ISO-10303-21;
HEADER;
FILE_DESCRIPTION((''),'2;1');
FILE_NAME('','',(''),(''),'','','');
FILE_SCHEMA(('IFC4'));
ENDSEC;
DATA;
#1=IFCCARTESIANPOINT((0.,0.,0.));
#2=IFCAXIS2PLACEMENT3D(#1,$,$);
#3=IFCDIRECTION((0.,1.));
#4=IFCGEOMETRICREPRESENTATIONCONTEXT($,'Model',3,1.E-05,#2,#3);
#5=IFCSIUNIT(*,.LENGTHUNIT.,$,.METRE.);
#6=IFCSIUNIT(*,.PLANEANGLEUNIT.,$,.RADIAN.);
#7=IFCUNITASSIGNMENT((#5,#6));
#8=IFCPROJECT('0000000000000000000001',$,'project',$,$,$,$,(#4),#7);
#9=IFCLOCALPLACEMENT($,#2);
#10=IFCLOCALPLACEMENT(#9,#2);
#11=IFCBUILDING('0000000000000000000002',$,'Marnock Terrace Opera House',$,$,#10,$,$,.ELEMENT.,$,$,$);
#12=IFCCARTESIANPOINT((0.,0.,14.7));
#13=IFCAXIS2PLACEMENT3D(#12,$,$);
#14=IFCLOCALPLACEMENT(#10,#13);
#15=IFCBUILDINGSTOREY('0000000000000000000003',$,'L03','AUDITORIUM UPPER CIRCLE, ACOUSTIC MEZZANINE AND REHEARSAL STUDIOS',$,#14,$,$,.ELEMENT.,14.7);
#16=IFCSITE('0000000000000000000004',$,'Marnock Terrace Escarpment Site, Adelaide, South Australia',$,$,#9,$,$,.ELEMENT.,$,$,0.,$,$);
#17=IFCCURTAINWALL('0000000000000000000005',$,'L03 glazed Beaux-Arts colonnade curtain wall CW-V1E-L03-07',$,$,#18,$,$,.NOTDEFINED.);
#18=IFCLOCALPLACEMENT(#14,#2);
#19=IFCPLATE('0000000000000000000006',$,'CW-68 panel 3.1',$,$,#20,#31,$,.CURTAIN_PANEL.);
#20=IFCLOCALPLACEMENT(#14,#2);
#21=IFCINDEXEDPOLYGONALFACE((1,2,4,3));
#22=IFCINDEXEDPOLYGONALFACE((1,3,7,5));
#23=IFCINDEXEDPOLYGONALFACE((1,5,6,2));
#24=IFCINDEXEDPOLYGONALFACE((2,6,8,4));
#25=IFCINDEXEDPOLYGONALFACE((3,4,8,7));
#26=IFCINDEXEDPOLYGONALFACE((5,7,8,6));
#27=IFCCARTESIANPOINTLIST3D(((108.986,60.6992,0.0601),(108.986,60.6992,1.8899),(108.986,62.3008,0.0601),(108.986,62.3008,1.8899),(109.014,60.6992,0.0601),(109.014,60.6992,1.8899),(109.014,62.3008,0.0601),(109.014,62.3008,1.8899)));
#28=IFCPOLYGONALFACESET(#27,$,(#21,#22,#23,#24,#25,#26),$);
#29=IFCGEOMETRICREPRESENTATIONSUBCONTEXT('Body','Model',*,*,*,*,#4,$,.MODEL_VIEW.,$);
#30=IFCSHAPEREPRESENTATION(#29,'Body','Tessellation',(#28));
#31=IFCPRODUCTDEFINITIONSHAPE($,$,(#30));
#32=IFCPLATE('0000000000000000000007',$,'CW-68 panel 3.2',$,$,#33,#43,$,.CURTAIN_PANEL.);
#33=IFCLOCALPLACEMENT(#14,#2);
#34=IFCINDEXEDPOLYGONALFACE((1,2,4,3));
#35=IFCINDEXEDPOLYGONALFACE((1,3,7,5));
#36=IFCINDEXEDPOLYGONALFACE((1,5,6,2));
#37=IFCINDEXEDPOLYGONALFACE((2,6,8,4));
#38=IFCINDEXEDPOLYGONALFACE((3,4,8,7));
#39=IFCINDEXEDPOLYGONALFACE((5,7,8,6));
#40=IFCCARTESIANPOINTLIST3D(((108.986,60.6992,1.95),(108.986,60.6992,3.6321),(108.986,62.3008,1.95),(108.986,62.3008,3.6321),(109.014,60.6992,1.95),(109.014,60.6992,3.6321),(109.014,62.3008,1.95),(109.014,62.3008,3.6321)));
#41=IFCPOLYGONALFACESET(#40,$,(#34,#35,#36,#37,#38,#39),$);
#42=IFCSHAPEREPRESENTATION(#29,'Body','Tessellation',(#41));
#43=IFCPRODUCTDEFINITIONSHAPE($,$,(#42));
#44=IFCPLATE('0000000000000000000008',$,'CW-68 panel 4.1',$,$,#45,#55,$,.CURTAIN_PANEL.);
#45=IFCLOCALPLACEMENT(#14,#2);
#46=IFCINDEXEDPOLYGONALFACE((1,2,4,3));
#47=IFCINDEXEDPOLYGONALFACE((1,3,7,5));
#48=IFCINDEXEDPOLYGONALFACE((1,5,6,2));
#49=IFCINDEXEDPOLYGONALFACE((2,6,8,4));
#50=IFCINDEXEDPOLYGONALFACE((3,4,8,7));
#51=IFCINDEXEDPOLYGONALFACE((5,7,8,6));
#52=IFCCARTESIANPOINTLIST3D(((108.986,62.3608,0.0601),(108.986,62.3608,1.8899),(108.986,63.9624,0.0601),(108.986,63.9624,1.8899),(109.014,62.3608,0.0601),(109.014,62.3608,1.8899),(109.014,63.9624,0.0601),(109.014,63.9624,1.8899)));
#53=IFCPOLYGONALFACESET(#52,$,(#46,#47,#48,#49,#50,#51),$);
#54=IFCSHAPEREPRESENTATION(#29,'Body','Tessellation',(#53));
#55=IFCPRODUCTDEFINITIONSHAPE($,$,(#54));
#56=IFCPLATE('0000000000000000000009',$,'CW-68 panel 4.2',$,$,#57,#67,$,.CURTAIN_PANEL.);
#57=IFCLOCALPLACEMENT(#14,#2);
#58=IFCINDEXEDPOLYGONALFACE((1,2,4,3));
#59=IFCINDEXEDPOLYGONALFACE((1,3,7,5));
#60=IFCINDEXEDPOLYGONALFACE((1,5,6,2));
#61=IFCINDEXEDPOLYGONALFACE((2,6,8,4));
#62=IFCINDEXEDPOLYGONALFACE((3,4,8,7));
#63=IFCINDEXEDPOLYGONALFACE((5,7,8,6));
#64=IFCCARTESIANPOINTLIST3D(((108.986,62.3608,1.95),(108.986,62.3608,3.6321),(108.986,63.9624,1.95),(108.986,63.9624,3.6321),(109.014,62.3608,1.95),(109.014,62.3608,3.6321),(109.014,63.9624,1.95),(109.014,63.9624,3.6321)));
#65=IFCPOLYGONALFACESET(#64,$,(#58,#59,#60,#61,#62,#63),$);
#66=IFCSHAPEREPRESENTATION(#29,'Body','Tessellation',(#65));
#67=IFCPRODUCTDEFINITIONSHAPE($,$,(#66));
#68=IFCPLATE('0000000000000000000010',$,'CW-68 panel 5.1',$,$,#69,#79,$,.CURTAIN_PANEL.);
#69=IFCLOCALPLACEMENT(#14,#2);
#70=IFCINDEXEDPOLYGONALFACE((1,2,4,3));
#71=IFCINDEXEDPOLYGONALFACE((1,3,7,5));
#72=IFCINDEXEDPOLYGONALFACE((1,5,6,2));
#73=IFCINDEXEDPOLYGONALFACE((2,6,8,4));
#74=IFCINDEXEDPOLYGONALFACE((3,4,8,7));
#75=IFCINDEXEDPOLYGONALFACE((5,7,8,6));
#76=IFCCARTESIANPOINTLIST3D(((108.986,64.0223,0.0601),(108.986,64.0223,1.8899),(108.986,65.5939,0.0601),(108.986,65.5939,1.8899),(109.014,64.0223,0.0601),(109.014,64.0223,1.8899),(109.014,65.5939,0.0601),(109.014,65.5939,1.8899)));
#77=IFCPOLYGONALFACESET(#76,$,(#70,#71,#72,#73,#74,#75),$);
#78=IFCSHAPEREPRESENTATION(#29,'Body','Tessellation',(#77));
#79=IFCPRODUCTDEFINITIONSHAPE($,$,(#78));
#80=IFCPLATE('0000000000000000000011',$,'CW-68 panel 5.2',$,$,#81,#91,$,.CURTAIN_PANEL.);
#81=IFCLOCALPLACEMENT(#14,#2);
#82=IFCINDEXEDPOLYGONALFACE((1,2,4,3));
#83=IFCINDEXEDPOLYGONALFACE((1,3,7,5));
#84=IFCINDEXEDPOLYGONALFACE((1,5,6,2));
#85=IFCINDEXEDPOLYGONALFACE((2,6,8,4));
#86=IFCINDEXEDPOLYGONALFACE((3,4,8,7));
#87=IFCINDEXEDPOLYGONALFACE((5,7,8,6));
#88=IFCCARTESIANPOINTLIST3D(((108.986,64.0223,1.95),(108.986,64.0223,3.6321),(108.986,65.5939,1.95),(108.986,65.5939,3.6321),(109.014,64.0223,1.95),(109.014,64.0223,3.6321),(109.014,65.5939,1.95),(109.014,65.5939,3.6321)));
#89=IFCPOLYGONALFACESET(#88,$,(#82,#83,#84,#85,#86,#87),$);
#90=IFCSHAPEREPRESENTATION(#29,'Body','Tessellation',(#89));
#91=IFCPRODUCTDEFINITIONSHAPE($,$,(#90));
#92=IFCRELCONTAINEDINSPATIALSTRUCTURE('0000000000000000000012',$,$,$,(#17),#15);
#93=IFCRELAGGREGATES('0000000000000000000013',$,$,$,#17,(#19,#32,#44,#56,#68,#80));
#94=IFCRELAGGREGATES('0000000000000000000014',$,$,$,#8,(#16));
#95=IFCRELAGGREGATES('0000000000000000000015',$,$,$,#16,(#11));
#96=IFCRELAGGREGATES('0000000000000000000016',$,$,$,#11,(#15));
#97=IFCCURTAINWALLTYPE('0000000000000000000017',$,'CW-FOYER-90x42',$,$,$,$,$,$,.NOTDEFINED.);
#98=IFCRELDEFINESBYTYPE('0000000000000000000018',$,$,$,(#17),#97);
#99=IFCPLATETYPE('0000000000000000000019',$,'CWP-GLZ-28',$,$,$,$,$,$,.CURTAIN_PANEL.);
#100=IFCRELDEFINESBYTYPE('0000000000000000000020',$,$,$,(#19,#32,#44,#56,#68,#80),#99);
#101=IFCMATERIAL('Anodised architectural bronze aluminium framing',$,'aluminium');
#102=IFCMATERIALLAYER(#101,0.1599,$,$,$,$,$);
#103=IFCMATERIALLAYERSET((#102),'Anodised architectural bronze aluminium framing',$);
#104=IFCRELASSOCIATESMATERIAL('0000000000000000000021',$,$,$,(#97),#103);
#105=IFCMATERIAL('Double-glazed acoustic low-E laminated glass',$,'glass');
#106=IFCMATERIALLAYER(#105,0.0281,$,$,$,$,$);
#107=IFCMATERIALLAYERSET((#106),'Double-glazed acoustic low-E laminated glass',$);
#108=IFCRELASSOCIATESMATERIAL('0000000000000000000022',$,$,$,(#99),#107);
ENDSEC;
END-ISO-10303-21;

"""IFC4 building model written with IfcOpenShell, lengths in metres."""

from ifc_helpers import new_model, si_unit, direction, frame, origin, origin_2d, place, context, subcontext, project, spatial, rectangle, extrude, material, layer, layer_set, type_object, element, aggregate, save


model = new_model("IFC4")

# Units and contexts
model_context = context("Model", 3, precision=1e-05, world=origin(), true_north=direction((0.0, 1.0)))
body_context = subcontext(model_context, "Body", "Model", "MODEL_VIEW")
ifc_project = project(units=[si_unit("LENGTHUNIT", "METRE"), si_unit("PLANEANGLEUNIT", "RADIAN")], contexts=[model_context])

# Site, building, storey
site_placement = place(None, origin())
site = spatial("IfcSite", under=ifc_project, at=site_placement, Name="Marnock Terrace Escarpment Site, Adelaide, South Australia", CompositionType="ELEMENT", RefElevation=0.0)
building_placement = place(site_placement, origin())
building = spatial("IfcBuilding", under=site, at=building_placement, Name="Marnock Terrace Opera House", CompositionType="ELEMENT")
storey_placement = place(building_placement, frame((0.0, 0.0, 14.7)))
storey = spatial("IfcBuildingStorey", under=building, at=storey_placement, Name="L03", Description="AUDITORIUM UPPER CIRCLE, ACOUSTIC MEZZANINE AND REHEARSAL STUDIOS", CompositionType="ELEMENT", Elevation=14.7)

# Shared definitions
ifc_material_1 = material(Name="Anodised architectural bronze aluminium framing", Category="aluminium")
ifc_layer_1 = layer(ifc_material_1, 0.1599)
ifc_layer_set_1 = layer_set([ifc_layer_1], Name="Anodised architectural bronze aluminium framing")
curtain_wall_type = type_object("IfcCurtainWallType", Name="CW-FOYER-90x42", PredefinedType="NOTDEFINED", material=ifc_layer_set_1)

# Curtain wall, plates
curtain_wall_1_placement = place(storey_placement, origin())
curtain_wall_1 = element("IfcCurtainWall", 1, at=curtain_wall_1_placement, inside=storey, type_object=curtain_wall_type, Name="L03 glazed Beaux-Arts colonnade curtain wall CW-V1E-L03-07", PredefinedType="NOTDEFINED")
ifc_material_2 = material(Name="Double-glazed acoustic low-E laminated glass", Category="glass")
ifc_layer_2 = layer(ifc_material_2, 0.0281)
ifc_layer_set_2 = layer_set([ifc_layer_2], Name="Double-glazed acoustic low-E laminated glass")
plate_type = type_object("IfcPlateType", Name="CWP-GLZ-28", PredefinedType="CURTAIN_PANEL", material=ifc_layer_set_2)
plate_1_placement = place(storey_placement, frame((109.0, 61.5, 0.0601), z_axis=(0.0, 0.0, 1.0), x_axis=(0.0, 1.0, 0.0)))
plate_1 = element("IfcPlate", 2, at=plate_1_placement, type_object=plate_type, Name="CW-68 panel 3.1", PredefinedType="CURTAIN_PANEL", context=body_context, shape_type="SweptSolid", body=[
    extrude(rectangle(XDim=1.6016, YDim=0.0281, at=origin_2d()), origin(), (0.0, 0.0, 1.0), 1.8298),
])
plate_2_placement = place(storey_placement, frame((109.0, 61.5, 1.95), z_axis=(0.0, 0.0, 1.0), x_axis=(0.0, 1.0, 0.0)))
plate_2 = element("IfcPlate", 3, at=plate_2_placement, type_object=plate_type, Name="CW-68 panel 3.2", PredefinedType="CURTAIN_PANEL", context=body_context, shape_type="SweptSolid", body=[
    extrude(rectangle(XDim=1.6016, YDim=0.0281, at=origin_2d()), origin(), (0.0, 0.0, 1.0), 1.6821),
])
plate_3_placement = place(storey_placement, frame((109.0, 63.1616, 0.0601), z_axis=(0.0, 0.0, 1.0), x_axis=(0.0, 1.0, 0.0)))
plate_3 = element("IfcPlate", 4, at=plate_3_placement, type_object=plate_type, Name="CW-68 panel 4.1", PredefinedType="CURTAIN_PANEL", context=body_context, shape_type="SweptSolid", body=[
    extrude(rectangle(XDim=1.6016, YDim=0.0281, at=origin_2d()), origin(), (0.0, 0.0, 1.0), 1.8298),
])
plate_4_placement = place(storey_placement, frame((109.0, 63.1616, 1.95), z_axis=(0.0, 0.0, 1.0), x_axis=(0.0, 1.0, 0.0)))
plate_4 = element("IfcPlate", 5, at=plate_4_placement, type_object=plate_type, Name="CW-68 panel 4.2", PredefinedType="CURTAIN_PANEL", context=body_context, shape_type="SweptSolid", body=[
    extrude(rectangle(XDim=1.6016, YDim=0.0281, at=origin_2d()), origin(), (0.0, 0.0, 1.0), 1.6821),
])
plate_5_placement = place(storey_placement, frame((109.0, 64.8081, 0.0601), z_axis=(0.0, 0.0, 1.0), x_axis=(0.0, 1.0, 0.0)))
plate_5 = element("IfcPlate", 6, at=plate_5_placement, type_object=plate_type, Name="CW-68 panel 5.1", PredefinedType="CURTAIN_PANEL", context=body_context, shape_type="SweptSolid", body=[
    extrude(rectangle(XDim=1.5715, YDim=0.0281, at=origin_2d()), origin(), (0.0, 0.0, 1.0), 1.8298),
])
plate_6_placement = place(storey_placement, frame((109.0, 64.8081, 1.95), z_axis=(0.0, 0.0, 1.0), x_axis=(0.0, 1.0, 0.0)))
plate_6 = element("IfcPlate", 7, at=plate_6_placement, type_object=plate_type, Name="CW-68 panel 5.2", PredefinedType="CURTAIN_PANEL", context=body_context, shape_type="SweptSolid", body=[
    extrude(rectangle(XDim=1.5715, YDim=0.0281, at=origin_2d()), origin(), (0.0, 0.0, 1.0), 1.6821),
])
aggregate(curtain_wall_1, [plate_1, plate_2, plate_3, plate_4, plate_5, plate_6])

save(model, "model.ifc")
